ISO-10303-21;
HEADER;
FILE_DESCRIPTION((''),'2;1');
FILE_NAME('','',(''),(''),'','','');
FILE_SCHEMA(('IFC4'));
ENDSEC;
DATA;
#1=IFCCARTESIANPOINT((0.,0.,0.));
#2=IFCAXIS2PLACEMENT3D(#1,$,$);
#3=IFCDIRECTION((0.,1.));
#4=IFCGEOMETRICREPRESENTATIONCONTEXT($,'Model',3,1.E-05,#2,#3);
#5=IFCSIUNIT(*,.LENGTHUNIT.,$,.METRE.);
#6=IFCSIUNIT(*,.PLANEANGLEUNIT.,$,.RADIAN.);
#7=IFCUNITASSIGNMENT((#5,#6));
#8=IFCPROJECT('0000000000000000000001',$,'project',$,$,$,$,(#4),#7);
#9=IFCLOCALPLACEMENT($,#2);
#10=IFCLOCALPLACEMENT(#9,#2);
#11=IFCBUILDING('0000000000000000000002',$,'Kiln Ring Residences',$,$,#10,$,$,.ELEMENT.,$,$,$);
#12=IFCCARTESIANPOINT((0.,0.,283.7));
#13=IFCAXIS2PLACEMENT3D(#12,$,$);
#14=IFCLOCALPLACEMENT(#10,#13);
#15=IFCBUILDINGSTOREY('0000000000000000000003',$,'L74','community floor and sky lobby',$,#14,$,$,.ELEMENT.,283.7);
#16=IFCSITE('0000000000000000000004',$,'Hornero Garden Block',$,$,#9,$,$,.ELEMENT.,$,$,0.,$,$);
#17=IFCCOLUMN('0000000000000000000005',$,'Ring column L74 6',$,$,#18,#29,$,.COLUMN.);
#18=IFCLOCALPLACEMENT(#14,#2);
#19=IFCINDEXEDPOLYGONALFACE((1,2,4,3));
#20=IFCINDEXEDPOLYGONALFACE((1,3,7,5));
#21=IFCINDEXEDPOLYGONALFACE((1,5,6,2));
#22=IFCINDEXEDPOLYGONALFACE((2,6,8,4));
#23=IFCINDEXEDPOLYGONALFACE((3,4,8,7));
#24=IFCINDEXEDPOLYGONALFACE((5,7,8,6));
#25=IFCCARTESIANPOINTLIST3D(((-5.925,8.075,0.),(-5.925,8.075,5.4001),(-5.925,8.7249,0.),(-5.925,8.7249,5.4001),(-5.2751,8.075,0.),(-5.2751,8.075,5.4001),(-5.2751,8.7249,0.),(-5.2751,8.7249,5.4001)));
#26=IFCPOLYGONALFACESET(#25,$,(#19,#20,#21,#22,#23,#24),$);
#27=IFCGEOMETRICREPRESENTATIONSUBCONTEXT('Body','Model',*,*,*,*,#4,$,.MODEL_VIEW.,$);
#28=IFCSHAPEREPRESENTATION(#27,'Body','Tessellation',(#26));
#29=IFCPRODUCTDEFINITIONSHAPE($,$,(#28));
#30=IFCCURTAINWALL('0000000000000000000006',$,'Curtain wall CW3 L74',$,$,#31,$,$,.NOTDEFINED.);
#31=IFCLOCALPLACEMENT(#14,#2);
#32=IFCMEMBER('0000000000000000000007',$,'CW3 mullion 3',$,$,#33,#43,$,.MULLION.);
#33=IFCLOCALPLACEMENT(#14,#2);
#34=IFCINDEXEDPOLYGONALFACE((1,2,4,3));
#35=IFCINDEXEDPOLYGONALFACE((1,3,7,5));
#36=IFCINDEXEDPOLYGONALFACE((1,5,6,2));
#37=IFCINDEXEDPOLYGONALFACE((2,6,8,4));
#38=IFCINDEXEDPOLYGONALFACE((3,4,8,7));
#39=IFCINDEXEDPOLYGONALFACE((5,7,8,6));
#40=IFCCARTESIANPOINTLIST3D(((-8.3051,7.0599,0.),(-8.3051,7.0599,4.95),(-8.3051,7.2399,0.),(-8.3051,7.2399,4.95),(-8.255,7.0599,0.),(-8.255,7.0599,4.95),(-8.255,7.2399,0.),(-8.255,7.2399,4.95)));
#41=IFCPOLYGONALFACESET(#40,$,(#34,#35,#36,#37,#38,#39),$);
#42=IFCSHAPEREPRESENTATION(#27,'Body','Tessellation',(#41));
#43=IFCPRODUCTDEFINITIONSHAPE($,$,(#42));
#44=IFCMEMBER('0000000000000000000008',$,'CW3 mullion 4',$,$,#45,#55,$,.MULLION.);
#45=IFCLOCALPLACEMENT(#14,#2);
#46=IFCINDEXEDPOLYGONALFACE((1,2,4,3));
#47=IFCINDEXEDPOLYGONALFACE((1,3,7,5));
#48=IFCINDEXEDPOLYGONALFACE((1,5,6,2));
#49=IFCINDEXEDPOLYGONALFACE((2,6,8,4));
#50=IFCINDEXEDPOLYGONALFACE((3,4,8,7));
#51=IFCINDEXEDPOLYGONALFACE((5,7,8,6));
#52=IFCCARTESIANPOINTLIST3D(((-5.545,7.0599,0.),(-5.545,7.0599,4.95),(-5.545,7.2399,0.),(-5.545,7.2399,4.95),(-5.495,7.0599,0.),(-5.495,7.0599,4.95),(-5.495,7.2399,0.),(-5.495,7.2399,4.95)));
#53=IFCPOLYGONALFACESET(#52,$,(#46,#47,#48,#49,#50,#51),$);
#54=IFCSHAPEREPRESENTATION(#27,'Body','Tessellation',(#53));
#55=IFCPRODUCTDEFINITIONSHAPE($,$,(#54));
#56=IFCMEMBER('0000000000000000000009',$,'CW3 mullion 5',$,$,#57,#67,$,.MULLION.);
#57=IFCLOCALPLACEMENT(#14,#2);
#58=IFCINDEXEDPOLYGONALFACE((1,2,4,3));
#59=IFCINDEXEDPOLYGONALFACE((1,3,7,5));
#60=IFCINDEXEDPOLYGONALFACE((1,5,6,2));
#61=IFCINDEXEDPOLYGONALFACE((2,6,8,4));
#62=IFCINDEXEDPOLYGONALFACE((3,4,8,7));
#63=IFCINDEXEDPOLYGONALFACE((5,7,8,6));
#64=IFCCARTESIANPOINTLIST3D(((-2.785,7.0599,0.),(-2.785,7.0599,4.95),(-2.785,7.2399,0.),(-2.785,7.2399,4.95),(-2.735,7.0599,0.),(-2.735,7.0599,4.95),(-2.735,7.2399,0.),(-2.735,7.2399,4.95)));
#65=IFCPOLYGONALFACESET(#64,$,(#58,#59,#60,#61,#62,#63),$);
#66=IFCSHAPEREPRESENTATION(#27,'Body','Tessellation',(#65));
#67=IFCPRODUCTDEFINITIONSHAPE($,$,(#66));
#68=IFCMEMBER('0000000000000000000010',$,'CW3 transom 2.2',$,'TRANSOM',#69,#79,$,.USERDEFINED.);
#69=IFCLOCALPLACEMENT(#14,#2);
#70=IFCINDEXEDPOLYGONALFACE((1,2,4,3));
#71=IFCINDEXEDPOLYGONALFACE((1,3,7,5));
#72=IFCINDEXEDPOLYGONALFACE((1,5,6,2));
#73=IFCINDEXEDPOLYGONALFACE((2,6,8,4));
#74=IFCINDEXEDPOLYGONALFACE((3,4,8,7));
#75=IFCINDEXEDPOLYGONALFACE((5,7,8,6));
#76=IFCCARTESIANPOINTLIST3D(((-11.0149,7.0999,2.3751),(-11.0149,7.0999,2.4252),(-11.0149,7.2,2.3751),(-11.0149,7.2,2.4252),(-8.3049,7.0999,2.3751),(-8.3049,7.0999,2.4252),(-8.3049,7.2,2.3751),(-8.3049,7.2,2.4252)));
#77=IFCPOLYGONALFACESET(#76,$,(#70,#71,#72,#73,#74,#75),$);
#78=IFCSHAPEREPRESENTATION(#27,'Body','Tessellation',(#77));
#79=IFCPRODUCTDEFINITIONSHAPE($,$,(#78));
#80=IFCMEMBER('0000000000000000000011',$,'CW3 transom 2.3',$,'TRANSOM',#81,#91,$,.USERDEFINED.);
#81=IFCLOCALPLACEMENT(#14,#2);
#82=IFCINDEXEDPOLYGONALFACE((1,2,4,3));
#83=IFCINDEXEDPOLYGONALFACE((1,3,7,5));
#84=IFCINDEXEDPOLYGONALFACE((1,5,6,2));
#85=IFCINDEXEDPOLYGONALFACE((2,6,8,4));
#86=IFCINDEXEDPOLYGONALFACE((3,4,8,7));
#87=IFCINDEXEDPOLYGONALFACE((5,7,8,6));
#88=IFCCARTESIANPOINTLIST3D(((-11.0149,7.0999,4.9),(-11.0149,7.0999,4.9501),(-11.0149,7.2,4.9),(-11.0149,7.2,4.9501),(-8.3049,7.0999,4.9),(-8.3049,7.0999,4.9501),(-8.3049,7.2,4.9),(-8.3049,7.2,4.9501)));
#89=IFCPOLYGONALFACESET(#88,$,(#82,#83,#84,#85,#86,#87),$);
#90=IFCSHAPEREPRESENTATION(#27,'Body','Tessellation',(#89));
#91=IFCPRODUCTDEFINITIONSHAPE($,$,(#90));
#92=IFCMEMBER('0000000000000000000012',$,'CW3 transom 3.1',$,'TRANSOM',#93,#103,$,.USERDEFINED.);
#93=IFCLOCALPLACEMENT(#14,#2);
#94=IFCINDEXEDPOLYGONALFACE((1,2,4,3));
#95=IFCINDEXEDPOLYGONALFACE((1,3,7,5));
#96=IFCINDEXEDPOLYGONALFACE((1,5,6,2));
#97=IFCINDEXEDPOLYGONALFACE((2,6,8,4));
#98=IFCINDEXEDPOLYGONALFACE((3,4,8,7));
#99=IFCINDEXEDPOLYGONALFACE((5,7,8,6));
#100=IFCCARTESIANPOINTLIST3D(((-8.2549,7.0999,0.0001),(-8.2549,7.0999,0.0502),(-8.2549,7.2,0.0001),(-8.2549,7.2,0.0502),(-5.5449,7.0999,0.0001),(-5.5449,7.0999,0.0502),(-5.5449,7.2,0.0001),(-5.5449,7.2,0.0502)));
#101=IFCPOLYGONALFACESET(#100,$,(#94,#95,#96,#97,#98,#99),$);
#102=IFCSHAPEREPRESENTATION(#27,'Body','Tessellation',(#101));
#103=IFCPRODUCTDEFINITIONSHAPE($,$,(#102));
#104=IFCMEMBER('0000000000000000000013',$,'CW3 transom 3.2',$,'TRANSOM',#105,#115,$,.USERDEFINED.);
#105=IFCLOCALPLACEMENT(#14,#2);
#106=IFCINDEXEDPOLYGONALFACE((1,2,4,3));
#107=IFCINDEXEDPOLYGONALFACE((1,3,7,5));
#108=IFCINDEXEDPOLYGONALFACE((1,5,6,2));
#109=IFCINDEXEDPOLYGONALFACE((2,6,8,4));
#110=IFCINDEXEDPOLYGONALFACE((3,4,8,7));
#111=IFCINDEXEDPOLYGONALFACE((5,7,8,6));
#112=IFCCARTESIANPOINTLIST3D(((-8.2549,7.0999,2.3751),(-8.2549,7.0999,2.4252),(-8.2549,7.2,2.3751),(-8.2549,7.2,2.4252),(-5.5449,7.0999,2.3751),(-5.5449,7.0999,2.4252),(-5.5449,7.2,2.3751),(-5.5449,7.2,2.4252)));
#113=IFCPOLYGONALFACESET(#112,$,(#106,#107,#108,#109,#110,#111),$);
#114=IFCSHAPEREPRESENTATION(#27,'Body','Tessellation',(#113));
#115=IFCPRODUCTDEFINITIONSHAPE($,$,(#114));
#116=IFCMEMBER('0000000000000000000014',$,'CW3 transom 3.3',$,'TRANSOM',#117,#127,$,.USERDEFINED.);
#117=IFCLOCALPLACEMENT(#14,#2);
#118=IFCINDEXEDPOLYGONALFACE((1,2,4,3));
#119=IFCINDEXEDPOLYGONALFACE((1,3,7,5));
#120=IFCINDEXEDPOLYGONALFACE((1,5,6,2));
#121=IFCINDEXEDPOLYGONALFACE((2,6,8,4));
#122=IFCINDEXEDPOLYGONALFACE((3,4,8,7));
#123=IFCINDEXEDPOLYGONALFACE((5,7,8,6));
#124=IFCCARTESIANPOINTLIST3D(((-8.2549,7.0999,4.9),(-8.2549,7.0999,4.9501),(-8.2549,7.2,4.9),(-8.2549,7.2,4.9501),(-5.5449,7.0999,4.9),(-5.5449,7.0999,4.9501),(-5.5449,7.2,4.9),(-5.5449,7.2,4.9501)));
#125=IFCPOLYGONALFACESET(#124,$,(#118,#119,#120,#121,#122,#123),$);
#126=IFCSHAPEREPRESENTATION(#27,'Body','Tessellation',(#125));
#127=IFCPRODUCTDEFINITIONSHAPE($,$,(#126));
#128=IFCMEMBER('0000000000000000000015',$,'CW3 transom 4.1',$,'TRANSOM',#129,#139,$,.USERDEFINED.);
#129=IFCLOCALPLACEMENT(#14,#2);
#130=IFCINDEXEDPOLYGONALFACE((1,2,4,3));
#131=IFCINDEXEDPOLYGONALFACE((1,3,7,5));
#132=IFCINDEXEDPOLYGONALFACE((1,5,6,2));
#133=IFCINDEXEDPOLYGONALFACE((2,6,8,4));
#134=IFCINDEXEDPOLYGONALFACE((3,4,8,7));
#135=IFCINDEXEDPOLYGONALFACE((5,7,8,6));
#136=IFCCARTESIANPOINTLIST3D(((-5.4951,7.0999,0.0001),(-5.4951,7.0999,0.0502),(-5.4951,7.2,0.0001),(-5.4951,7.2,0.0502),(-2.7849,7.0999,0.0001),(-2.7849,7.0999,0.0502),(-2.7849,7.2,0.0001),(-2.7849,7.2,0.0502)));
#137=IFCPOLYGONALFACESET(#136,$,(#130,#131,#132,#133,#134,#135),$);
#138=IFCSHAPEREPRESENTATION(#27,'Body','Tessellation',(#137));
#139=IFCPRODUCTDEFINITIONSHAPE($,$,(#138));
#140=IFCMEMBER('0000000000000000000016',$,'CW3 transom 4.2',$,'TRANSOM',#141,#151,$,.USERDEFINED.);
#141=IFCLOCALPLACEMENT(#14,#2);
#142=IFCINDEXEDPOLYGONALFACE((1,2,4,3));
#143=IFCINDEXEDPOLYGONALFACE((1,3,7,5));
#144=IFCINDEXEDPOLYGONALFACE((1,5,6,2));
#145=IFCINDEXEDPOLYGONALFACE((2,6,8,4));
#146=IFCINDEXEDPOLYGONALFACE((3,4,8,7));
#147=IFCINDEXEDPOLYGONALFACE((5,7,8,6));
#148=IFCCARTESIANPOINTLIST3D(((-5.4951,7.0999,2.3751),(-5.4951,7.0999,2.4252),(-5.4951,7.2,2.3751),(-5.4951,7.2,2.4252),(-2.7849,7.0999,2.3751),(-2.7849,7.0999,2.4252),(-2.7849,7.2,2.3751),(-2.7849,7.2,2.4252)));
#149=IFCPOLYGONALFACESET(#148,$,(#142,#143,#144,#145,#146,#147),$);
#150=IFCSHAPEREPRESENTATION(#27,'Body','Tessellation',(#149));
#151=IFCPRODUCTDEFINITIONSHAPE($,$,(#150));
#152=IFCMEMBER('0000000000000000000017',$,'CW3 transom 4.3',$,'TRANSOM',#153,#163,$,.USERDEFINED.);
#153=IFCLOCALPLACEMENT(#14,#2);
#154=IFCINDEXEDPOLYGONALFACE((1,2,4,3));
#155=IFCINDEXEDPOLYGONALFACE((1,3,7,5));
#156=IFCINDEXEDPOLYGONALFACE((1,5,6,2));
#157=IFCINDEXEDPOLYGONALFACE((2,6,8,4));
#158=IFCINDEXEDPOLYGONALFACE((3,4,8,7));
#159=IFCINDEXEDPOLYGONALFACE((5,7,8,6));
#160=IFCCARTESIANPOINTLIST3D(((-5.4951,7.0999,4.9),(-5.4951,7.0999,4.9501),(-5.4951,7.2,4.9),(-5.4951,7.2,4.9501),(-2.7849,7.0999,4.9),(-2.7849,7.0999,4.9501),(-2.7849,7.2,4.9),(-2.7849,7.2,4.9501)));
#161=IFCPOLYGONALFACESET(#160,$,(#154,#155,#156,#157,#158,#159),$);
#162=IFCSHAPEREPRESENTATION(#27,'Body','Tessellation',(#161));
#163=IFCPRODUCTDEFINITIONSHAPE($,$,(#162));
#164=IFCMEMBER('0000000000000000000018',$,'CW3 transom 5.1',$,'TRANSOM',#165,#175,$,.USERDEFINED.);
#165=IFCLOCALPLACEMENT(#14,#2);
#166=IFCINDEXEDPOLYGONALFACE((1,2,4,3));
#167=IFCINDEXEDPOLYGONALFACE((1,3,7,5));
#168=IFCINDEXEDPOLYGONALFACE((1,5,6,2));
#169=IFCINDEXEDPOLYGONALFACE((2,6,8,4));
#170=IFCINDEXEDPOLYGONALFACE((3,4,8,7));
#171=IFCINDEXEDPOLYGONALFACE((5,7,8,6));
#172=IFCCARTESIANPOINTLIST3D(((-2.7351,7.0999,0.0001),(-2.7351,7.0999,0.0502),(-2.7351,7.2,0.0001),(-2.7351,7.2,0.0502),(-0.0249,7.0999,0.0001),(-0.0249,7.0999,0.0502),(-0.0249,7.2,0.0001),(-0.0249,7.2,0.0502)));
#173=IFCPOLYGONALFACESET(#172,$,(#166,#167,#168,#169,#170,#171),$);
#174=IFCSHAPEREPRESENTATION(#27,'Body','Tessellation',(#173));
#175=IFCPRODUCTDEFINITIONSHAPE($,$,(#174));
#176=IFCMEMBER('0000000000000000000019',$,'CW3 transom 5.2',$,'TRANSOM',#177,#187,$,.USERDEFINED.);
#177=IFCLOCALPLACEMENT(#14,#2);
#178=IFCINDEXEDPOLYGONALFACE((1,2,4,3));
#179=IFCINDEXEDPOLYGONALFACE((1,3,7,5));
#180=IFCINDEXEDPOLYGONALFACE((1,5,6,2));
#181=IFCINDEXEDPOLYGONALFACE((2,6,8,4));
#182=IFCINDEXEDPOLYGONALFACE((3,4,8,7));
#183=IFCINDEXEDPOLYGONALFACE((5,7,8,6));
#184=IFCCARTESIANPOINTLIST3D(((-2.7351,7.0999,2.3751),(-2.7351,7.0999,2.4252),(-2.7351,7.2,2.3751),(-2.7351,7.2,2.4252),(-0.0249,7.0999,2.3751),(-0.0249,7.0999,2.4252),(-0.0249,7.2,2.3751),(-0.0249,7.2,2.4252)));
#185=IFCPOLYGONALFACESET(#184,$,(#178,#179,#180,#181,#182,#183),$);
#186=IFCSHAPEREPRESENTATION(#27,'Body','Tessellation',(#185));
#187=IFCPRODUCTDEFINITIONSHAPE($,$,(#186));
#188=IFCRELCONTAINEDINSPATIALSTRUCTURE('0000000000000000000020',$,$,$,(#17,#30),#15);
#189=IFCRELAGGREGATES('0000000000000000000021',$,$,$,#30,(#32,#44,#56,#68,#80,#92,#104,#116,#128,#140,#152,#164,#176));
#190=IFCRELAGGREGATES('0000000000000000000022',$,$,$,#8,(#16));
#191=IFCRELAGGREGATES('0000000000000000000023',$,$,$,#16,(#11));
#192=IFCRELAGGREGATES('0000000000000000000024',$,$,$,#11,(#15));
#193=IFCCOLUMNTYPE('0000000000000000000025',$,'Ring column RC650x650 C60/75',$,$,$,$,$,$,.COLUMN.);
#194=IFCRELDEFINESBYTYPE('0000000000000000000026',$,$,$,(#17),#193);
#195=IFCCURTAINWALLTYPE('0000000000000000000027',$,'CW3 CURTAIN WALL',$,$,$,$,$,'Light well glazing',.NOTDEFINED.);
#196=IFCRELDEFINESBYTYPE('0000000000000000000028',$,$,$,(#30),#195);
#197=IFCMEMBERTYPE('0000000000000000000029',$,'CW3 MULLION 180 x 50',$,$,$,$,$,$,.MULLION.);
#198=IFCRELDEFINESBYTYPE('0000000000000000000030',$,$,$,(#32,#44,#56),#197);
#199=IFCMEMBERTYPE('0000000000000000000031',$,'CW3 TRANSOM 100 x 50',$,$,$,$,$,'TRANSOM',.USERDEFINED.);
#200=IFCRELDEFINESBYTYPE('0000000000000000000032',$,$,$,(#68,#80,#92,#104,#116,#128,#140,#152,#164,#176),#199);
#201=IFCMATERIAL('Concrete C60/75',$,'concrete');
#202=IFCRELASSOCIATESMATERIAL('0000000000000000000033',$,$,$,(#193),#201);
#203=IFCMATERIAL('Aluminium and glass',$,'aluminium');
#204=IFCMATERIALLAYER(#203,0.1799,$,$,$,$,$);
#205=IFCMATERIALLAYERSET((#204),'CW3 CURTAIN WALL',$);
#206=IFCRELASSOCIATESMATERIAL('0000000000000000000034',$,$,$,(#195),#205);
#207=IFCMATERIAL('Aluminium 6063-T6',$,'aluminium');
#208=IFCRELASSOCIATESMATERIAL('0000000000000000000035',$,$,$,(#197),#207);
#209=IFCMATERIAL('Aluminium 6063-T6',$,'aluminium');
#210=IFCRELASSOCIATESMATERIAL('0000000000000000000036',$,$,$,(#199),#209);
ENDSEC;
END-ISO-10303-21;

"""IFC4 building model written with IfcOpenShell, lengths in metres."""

from ifc_helpers import new_model, si_unit, direction, frame, origin, origin_2d, place, context, subcontext, project, spatial, rectangle, extrude, material, layer, layer_set, material_profile, profile_set, type_object, element, aggregate, save


model = new_model("IFC4")

# Units and contexts
model_context = context("Model", 3, precision=1e-05, world=origin(), true_north=direction((0.0, 1.0)))
body_context = subcontext(model_context, "Body", "Model", "MODEL_VIEW")
ifc_project = project(units=[si_unit("LENGTHUNIT", "METRE"), si_unit("PLANEANGLEUNIT", "RADIAN")], contexts=[model_context])

# Site, building, storey
site_placement = place(None, origin())
site = spatial("IfcSite", under=ifc_project, at=site_placement, Name="Hornero Garden Block", CompositionType="ELEMENT", RefElevation=0.0)
building_placement = place(site_placement, origin())
building = spatial("IfcBuilding", under=site, at=building_placement, Name="Kiln Ring Residences", CompositionType="ELEMENT")
storey_placement = place(building_placement, frame((0.0, 0.0, 283.7)))
storey = spatial("IfcBuildingStorey", under=building, at=storey_placement, Name="L74", Description="community floor and sky lobby", CompositionType="ELEMENT", Elevation=283.7)

# Column
ifc_material_1 = material(Name="Concrete C60/75", Category="concrete")
ifc_material_profile_1 = material_profile(ifc_material_1, rectangle(XDim=0.6499, YDim=0.6499, at=origin_2d()), Name="RC650x650")
ifc_profile_set_1 = profile_set([ifc_material_profile_1], Name="Concrete C60/75")
column_type = type_object("IfcColumnType", Name="Ring column RC650x650 C60/75", PredefinedType="COLUMN", material=ifc_profile_set_1)
column_placement = place(storey_placement, frame((-5.6001, 8.3999, 0.0), z_axis=(0.0, 0.0, 1.0), x_axis=(1.0, 0.0, 0.0)))
element("IfcColumn", 1, at=column_placement, inside=storey, type_object=column_type, Name="Ring column L74 6", PredefinedType="COLUMN", context=body_context, shape_type="SweptSolid", body=[
    extrude(rectangle(XDim=0.6499, YDim=0.6499, at=origin_2d()), origin(), (0.0, 0.0, 1.0), 5.4001),
])

# Curtain wall, members
ifc_material_2 = material(Name="Aluminium and glass", Category="aluminium")
ifc_layer_1 = layer(ifc_material_2, 0.1799)
ifc_layer_set_1 = layer_set([ifc_layer_1], Name="CW3 CURTAIN WALL")
curtain_wall_type = type_object("IfcCurtainWallType", Name="CW3 CURTAIN WALL", ElementType="Light well glazing", PredefinedType="NOTDEFINED", material=ifc_layer_set_1)
curtain_wall_placement = place(storey_placement, origin())
curtain_wall = element("IfcCurtainWall", 2, at=curtain_wall_placement, inside=storey, type_object=curtain_wall_type, Name="Curtain wall CW3 L74", PredefinedType="NOTDEFINED")
ifc_material_3 = material(Name="Aluminium 6063-T6", Category="aluminium")
ifc_material_profile_2 = material_profile(ifc_material_3, rectangle(XDim=0.1799, YDim=0.05, at=origin_2d()), Name="AL 180x50")
ifc_profile_set_2 = profile_set([ifc_material_profile_2], Name="Aluminium 6063-T6")
member_type_1 = type_object("IfcMemberType", Name="CW3 MULLION 180 x 50", PredefinedType="MULLION", material=ifc_profile_set_2)
member_1_placement = place(storey_placement, frame((-8.28, 7.1499, 0.0), z_axis=(0.0, 0.0, 1.0), x_axis=(0.0, 1.0, 0.0)))
member_1 = element("IfcMember", 3, at=member_1_placement, type_object=member_type_1, Name="CW3 mullion 3", PredefinedType="MULLION", context=body_context, shape_type="SweptSolid", body=[
    extrude(rectangle(XDim=0.1799, YDim=0.05, at=origin_2d()), origin(), (0.0, 0.0, 1.0), 4.95),
])
member_2_placement = place(storey_placement, frame((-5.52, 7.1499, 0.0), z_axis=(0.0, 0.0, 1.0), x_axis=(0.0, 1.0, 0.0)))
member_2 = element("IfcMember", 4, at=member_2_placement, type_object=member_type_1, Name="CW3 mullion 4", PredefinedType="MULLION", context=body_context, shape_type="SweptSolid", body=[
    extrude(rectangle(XDim=0.1799, YDim=0.05, at=origin_2d()), origin(), (0.0, 0.0, 1.0), 4.95),
])
member_3_placement = place(storey_placement, frame((-2.76, 7.1499, 0.0), z_axis=(0.0, 0.0, 1.0), x_axis=(0.0, 1.0, 0.0)))
member_3 = element("IfcMember", 5, at=member_3_placement, type_object=member_type_1, Name="CW3 mullion 5", PredefinedType="MULLION", context=body_context, shape_type="SweptSolid", body=[
    extrude(rectangle(XDim=0.1799, YDim=0.05, at=origin_2d()), origin(), (0.0, 0.0, 1.0), 4.95),
])
ifc_material_4 = material(Name="Aluminium 6063-T6", Category="aluminium")
ifc_material_profile_3 = material_profile(ifc_material_4, rectangle(XDim=0.1001, YDim=0.05, at=origin_2d()), Name="AL 100x50")
ifc_profile_set_3 = profile_set([ifc_material_profile_3], Name="Aluminium 6063-T6")
member_type_2 = type_object("IfcMemberType", Name="CW3 TRANSOM 100 x 50", ElementType="TRANSOM", PredefinedType="USERDEFINED", material=ifc_profile_set_3)
member_4_placement = place(storey_placement, frame((-11.0149, 7.1499, 2.4001), z_axis=(1.0, 0.0, 0.0), x_axis=(0.0, 1.0, 0.0)))
member_4 = element("IfcMember", 6, at=member_4_placement, type_object=member_type_2, Name="CW3 transom 2.2", ObjectType="TRANSOM", PredefinedType="USERDEFINED", context=body_context, shape_type="SweptSolid", body=[
    extrude(rectangle(XDim=0.1001, YDim=0.05, at=origin_2d()), origin(), (0.0, 0.0, 1.0), 2.71),
])
member_5_placement = place(storey_placement, frame((-11.0149, 7.1499, 4.925), z_axis=(1.0, 0.0, 0.0), x_axis=(0.0, 1.0, 0.0)))
member_5 = element("IfcMember", 7, at=member_5_placement, type_object=member_type_2, Name="CW3 transom 2.3", ObjectType="TRANSOM", PredefinedType="USERDEFINED", context=body_context, shape_type="SweptSolid", body=[
    extrude(rectangle(XDim=0.1001, YDim=0.05, at=origin_2d()), origin(), (0.0, 0.0, 1.0), 2.71),
])
member_6_placement = place(storey_placement, frame((-8.2549, 7.1499, 0.0251), z_axis=(1.0, 0.0, 0.0), x_axis=(0.0, 1.0, 0.0)))
member_6 = element("IfcMember", 8, at=member_6_placement, type_object=member_type_2, Name="CW3 transom 3.1", ObjectType="TRANSOM", PredefinedType="USERDEFINED", context=body_context, shape_type="SweptSolid", body=[
    extrude(rectangle(XDim=0.1001, YDim=0.05, at=origin_2d()), origin(), (0.0, 0.0, 1.0), 2.71),
])
member_7_placement = place(storey_placement, frame((-8.2549, 7.1499, 2.4001), z_axis=(1.0, 0.0, 0.0), x_axis=(0.0, 1.0, 0.0)))
member_7 = element("IfcMember", 9, at=member_7_placement, type_object=member_type_2, Name="CW3 transom 3.2", ObjectType="TRANSOM", PredefinedType="USERDEFINED", context=body_context, shape_type="SweptSolid", body=[
    extrude(rectangle(XDim=0.1001, YDim=0.05, at=origin_2d()), origin(), (0.0, 0.0, 1.0), 2.71),
])
member_8_placement = place(storey_placement, frame((-8.2549, 7.1499, 4.925), z_axis=(1.0, 0.0, 0.0), x_axis=(0.0, 1.0, 0.0)))
member_8 = element("IfcMember", 10, at=member_8_placement, type_object=member_type_2, Name="CW3 transom 3.3", ObjectType="TRANSOM", PredefinedType="USERDEFINED", context=body_context, shape_type="SweptSolid", body=[
    extrude(rectangle(XDim=0.1001, YDim=0.05, at=origin_2d()), origin(), (0.0, 0.0, 1.0), 2.71),
])
member_9_placement = place(storey_placement, frame((-5.4951, 7.1499, 0.0251), z_axis=(1.0, 0.0, 0.0), x_axis=(0.0, 1.0, 0.0)))
member_9 = element("IfcMember", 11, at=member_9_placement, type_object=member_type_2, Name="CW3 transom 4.1", ObjectType="TRANSOM", PredefinedType="USERDEFINED", context=body_context, shape_type="SweptSolid", body=[
    extrude(rectangle(XDim=0.1001, YDim=0.05, at=origin_2d()), origin(), (0.0, 0.0, 1.0), 2.7102),
])
member_10_placement = place(storey_placement, frame((-5.4951, 7.1499, 2.4001), z_axis=(1.0, 0.0, 0.0), x_axis=(0.0, 1.0, 0.0)))
member_10 = element("IfcMember", 12, at=member_10_placement, type_object=member_type_2, Name="CW3 transom 4.2", ObjectType="TRANSOM", PredefinedType="USERDEFINED", context=body_context, shape_type="SweptSolid", body=[
    extrude(rectangle(XDim=0.1001, YDim=0.05, at=origin_2d()), origin(), (0.0, 0.0, 1.0), 2.7102),
])
member_11_placement = place(storey_placement, frame((-5.4951, 7.1499, 4.925), z_axis=(1.0, 0.0, 0.0), x_axis=(0.0, 1.0, 0.0)))
member_11 = element("IfcMember", 13, at=member_11_placement, type_object=member_type_2, Name="CW3 transom 4.3", ObjectType="TRANSOM", PredefinedType="USERDEFINED", context=body_context, shape_type="SweptSolid", body=[
    extrude(rectangle(XDim=0.1001, YDim=0.05, at=origin_2d()), origin(), (0.0, 0.0, 1.0), 2.7102),
])
member_12_placement = place(storey_placement, frame((-2.7351, 7.1499, 0.0251), z_axis=(1.0, 0.0, 0.0), x_axis=(0.0, 1.0, 0.0)))
member_12 = element("IfcMember", 14, at=member_12_placement, type_object=member_type_2, Name="CW3 transom 5.1", ObjectType="TRANSOM", PredefinedType="USERDEFINED", context=body_context, shape_type="SweptSolid", body=[
    extrude(rectangle(XDim=0.1001, YDim=0.05, at=origin_2d()), origin(), (0.0, 0.0, 1.0), 2.7102),
])
member_13_placement = place(storey_placement, frame((-2.7351, 7.1499, 2.4001), z_axis=(1.0, 0.0, 0.0), x_axis=(0.0, 1.0, 0.0)))
member_13 = element("IfcMember", 15, at=member_13_placement, type_object=member_type_2, Name="CW3 transom 5.2", ObjectType="TRANSOM", PredefinedType="USERDEFINED", context=body_context, shape_type="SweptSolid", body=[
    extrude(rectangle(XDim=0.1001, YDim=0.05, at=origin_2d()), origin(), (0.0, 0.0, 1.0), 2.7102),
])

aggregate(curtain_wall, [member_1, member_2, member_3, member_4, member_5, member_6, member_7, member_8, member_9, member_10, member_11, member_12, member_13])

save(model, "model.ifc")
